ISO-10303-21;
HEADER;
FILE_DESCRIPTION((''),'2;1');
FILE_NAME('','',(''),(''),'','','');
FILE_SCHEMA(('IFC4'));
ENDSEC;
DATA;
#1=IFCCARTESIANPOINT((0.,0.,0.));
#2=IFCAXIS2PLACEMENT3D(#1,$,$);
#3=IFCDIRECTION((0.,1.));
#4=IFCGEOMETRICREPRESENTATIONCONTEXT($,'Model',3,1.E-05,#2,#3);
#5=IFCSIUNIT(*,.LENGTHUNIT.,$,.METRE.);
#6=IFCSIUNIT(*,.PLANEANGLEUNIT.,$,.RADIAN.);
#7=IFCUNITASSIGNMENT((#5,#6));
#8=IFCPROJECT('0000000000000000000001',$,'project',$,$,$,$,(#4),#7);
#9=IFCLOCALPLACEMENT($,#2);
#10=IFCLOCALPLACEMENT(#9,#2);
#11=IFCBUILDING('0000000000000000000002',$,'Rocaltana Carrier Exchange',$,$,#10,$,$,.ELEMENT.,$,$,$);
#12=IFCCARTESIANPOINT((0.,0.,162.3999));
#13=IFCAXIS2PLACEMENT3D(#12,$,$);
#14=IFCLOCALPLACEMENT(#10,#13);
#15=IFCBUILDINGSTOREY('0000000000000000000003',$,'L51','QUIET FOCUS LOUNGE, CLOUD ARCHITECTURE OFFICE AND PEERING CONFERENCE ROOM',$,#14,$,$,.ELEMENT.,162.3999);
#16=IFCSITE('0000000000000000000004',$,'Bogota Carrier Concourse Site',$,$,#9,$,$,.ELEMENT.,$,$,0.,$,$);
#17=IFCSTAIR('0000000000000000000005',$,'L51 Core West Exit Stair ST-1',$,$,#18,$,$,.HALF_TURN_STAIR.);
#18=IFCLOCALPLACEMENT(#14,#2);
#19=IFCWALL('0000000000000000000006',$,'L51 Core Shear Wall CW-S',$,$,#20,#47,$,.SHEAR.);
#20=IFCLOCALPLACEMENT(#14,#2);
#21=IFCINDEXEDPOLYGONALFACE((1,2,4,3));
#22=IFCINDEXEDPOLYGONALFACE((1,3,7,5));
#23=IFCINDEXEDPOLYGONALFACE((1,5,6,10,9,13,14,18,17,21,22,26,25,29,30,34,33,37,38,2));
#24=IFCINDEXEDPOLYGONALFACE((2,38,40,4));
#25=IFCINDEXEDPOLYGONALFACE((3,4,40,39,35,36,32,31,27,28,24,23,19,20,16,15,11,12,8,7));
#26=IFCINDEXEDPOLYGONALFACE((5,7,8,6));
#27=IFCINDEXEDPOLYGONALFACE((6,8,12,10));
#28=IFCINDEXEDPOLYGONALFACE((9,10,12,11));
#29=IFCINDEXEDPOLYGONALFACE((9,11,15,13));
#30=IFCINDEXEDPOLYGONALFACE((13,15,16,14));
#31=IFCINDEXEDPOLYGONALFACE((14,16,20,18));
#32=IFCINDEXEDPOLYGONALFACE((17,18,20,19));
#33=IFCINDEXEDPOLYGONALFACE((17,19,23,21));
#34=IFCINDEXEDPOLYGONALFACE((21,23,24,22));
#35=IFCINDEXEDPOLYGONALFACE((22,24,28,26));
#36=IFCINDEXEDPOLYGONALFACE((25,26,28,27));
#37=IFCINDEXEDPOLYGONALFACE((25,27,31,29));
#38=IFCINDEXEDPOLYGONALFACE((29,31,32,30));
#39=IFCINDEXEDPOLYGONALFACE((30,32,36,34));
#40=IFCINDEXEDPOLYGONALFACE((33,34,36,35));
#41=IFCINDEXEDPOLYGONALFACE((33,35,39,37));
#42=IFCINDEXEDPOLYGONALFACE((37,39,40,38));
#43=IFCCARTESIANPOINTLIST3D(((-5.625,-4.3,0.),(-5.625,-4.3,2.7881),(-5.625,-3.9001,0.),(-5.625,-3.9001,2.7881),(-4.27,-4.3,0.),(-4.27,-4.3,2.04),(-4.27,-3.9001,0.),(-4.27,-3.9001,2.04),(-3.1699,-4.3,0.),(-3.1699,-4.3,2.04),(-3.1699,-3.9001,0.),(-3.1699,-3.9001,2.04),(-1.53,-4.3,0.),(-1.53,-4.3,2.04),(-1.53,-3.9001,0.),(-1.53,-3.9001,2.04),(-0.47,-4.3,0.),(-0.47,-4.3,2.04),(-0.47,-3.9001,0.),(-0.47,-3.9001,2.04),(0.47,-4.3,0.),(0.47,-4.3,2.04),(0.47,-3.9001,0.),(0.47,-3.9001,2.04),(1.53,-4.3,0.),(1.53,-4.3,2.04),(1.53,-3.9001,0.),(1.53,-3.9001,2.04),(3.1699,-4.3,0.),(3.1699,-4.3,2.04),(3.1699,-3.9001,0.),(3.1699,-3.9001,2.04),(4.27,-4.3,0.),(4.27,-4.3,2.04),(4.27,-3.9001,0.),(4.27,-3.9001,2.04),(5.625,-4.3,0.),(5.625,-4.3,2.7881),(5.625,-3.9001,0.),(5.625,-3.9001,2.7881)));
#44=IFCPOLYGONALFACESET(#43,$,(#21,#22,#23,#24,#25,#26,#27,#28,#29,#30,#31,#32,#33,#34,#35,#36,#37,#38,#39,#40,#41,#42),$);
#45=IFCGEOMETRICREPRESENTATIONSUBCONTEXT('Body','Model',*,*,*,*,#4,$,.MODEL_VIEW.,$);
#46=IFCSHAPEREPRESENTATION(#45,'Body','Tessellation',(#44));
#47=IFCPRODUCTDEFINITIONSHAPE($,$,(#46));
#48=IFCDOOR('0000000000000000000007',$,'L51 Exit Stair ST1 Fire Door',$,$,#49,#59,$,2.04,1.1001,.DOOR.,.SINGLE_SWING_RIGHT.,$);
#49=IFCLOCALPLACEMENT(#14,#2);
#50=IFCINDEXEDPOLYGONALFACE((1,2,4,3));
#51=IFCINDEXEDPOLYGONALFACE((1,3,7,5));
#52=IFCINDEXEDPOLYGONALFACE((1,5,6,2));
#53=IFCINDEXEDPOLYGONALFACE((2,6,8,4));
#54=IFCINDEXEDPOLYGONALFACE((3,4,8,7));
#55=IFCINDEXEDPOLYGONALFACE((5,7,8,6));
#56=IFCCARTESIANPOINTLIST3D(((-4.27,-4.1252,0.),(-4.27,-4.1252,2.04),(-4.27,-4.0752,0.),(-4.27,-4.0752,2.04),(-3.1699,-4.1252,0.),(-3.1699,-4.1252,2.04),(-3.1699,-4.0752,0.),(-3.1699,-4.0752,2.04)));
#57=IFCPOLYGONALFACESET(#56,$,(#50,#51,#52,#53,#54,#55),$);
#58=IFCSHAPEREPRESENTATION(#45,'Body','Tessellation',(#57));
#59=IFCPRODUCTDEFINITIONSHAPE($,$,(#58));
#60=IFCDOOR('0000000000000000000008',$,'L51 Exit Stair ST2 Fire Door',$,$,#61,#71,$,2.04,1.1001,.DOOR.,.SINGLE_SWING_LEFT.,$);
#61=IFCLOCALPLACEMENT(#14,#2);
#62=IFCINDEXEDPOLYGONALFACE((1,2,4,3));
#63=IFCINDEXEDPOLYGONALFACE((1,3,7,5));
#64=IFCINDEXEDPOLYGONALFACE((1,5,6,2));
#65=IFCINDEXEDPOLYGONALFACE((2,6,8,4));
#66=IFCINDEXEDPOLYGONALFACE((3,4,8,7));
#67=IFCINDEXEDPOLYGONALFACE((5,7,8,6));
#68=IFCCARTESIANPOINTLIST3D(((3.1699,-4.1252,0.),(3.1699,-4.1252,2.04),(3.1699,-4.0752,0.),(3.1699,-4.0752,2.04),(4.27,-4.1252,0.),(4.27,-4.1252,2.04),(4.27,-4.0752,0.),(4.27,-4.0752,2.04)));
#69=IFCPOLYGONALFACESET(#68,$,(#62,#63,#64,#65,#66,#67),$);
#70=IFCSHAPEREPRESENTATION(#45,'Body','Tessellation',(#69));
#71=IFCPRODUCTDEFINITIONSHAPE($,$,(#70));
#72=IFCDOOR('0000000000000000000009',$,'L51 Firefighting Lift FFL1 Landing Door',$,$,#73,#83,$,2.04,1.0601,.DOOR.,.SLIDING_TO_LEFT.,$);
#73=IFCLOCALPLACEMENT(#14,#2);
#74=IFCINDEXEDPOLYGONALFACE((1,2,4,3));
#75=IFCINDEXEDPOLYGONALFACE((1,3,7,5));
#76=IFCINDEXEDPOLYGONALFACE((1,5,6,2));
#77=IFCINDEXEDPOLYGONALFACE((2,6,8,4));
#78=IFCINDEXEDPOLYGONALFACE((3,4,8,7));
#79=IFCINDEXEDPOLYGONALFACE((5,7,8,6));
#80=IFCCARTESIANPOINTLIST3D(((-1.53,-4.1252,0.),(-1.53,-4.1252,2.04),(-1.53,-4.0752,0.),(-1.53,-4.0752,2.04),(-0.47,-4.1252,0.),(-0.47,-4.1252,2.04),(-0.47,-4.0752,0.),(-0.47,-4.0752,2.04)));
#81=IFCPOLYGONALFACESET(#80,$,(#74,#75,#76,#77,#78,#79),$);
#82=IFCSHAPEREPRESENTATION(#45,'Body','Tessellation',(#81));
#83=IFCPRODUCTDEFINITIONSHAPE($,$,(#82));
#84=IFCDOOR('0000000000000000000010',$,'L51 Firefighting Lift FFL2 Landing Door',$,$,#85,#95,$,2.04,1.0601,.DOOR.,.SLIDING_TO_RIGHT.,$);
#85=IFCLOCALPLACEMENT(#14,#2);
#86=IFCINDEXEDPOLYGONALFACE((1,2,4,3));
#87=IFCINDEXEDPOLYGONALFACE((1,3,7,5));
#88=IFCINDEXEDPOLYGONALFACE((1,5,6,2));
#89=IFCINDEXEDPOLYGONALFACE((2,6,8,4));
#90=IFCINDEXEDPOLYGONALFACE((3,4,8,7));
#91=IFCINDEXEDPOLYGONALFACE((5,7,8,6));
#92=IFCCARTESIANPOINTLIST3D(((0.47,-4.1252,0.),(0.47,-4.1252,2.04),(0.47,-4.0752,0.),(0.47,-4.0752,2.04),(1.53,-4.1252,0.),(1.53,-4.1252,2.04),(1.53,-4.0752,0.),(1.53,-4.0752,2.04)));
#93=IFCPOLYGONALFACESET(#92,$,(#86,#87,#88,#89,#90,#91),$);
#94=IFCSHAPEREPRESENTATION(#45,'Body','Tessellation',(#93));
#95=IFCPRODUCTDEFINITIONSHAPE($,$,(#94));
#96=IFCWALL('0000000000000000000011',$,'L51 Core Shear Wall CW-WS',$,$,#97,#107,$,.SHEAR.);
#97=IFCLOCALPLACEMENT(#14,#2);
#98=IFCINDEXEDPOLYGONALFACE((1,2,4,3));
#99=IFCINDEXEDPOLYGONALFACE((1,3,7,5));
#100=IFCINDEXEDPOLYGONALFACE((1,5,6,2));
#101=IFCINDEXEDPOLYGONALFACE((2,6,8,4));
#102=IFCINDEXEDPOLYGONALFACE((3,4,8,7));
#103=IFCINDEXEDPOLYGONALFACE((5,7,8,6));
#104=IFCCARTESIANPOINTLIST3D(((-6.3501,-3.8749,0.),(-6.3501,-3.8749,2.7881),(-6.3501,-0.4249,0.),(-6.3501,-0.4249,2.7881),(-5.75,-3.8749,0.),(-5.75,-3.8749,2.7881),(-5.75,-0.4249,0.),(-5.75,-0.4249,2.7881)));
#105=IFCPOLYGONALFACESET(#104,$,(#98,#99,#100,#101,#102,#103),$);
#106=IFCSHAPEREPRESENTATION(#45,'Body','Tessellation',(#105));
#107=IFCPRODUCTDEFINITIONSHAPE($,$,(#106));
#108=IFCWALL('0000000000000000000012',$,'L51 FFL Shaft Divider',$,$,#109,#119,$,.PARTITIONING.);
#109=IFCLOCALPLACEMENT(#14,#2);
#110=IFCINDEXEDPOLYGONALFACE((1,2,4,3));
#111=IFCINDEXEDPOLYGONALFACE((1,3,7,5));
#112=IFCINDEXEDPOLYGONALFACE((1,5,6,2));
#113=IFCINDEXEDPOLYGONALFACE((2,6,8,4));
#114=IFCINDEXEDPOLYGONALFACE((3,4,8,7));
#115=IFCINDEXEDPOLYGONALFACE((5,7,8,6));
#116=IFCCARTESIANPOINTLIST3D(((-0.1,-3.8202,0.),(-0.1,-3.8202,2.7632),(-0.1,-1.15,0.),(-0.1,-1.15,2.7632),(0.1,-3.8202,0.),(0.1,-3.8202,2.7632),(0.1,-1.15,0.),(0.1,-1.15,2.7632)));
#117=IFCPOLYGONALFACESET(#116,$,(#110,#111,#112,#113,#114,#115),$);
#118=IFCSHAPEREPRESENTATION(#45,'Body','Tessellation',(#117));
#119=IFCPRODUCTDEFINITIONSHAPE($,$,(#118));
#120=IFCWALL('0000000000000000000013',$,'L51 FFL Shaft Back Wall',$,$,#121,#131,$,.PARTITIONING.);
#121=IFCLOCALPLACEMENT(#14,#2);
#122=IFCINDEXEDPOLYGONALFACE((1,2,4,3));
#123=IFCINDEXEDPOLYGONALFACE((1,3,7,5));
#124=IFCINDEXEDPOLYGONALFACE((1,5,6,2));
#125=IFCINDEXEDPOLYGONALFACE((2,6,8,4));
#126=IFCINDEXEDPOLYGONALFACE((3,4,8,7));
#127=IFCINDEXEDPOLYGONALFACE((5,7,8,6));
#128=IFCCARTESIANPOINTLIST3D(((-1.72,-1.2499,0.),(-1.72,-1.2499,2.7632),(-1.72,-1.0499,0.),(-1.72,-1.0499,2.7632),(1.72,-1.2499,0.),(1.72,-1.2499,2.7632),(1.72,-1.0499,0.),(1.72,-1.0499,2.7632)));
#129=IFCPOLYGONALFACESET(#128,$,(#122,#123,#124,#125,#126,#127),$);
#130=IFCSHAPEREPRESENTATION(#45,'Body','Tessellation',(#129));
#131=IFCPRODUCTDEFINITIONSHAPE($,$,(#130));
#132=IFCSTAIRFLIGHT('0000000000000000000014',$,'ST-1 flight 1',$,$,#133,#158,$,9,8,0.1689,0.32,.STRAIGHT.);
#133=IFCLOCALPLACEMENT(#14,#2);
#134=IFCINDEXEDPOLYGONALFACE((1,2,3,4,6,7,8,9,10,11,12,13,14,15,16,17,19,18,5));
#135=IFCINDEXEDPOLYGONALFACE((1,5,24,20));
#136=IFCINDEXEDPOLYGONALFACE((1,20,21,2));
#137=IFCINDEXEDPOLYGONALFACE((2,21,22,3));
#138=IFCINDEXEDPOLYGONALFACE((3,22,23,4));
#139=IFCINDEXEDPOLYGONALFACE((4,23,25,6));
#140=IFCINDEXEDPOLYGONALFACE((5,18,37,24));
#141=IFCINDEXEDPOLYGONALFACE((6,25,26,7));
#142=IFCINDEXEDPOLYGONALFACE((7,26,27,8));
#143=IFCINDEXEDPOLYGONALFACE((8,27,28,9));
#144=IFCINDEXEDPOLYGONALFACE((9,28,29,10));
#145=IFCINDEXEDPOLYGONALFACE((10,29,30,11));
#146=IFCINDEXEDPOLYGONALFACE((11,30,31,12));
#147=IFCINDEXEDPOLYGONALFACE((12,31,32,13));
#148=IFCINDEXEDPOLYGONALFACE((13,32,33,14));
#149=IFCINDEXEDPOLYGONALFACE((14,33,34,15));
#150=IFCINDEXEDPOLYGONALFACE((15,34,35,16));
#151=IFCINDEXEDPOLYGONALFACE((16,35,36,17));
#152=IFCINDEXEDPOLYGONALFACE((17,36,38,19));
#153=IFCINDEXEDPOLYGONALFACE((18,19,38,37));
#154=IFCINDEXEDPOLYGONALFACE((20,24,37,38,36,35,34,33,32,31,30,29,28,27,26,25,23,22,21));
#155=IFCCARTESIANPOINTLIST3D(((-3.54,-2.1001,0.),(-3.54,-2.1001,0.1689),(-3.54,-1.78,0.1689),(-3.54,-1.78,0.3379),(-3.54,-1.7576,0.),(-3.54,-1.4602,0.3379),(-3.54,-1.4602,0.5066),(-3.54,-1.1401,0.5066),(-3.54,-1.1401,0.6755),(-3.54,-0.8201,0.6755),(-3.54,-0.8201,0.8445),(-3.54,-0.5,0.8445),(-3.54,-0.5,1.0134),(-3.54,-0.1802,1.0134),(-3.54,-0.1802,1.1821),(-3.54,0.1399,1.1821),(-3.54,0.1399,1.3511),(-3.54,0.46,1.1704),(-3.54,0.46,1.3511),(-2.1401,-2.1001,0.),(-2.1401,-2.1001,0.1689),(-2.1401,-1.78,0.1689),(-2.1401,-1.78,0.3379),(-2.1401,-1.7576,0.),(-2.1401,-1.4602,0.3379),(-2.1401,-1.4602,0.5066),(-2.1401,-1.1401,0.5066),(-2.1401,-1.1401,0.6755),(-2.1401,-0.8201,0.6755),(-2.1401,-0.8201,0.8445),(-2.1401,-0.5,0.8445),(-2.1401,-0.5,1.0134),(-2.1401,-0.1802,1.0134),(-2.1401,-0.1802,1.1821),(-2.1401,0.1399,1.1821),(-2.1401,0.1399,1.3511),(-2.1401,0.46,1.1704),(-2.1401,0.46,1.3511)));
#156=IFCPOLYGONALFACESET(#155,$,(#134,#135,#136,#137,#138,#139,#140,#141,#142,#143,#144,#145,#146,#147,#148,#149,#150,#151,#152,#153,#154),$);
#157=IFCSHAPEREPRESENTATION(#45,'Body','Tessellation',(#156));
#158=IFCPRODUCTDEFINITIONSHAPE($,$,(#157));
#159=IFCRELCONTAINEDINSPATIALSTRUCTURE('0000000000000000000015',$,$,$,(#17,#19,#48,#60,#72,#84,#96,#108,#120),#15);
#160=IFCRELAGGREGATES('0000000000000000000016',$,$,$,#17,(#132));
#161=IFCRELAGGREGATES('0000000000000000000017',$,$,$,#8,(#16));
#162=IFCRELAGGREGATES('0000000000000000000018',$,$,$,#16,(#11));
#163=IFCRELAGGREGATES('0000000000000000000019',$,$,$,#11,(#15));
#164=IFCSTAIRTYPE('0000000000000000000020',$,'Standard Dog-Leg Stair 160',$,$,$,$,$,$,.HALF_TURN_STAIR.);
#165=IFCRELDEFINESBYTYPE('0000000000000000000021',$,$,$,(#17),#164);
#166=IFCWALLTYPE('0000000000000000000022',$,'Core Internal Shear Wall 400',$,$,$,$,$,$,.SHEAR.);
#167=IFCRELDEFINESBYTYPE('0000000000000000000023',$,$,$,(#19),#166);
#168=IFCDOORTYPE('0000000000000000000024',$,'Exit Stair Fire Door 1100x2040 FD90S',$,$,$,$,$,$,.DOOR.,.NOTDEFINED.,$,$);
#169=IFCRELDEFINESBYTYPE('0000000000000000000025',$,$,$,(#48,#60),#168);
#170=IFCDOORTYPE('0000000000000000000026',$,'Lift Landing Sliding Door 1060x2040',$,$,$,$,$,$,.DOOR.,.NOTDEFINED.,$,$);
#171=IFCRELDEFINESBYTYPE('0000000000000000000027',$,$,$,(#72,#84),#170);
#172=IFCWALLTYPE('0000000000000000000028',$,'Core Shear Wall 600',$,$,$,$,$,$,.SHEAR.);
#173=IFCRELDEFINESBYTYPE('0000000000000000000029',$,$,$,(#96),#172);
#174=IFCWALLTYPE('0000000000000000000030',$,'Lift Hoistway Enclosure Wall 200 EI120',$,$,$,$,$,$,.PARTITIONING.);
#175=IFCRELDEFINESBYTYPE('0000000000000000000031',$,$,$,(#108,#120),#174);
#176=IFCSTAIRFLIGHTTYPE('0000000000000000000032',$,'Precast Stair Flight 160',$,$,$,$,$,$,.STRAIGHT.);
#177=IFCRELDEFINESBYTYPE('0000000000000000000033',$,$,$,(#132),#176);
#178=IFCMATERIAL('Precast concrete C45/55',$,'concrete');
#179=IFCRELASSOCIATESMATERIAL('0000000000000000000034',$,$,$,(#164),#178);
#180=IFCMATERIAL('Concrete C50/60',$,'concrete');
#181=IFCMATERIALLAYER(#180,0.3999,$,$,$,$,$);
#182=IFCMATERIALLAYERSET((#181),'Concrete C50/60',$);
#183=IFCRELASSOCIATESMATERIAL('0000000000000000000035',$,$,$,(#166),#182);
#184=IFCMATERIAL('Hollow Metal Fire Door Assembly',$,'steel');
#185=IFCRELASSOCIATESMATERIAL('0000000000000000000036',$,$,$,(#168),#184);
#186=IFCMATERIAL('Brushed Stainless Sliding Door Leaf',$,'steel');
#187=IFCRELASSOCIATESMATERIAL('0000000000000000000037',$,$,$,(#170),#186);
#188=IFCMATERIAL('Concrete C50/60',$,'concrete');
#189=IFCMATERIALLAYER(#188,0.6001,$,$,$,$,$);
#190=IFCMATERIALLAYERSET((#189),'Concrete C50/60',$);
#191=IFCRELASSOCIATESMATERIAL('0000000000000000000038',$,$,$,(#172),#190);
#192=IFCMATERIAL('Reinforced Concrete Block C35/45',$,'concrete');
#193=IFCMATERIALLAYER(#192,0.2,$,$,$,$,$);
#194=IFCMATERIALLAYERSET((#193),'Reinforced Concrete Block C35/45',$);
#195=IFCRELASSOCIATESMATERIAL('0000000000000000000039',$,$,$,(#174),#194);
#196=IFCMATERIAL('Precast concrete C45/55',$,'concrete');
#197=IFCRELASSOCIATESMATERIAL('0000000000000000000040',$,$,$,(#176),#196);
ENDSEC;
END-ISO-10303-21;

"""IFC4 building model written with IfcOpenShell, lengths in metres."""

from ifc_helpers import new_model, si_unit, direction, frame, frame_2d, origin, place, context, subcontext, project, spatial, polyline, rectangle, outline, extrude, material, layer, layer_set, type_object, element, fill, aggregate, save


model = new_model("IFC4")

# Units and contexts
model_context = context("Model", 3, precision=1e-05, world=origin(), true_north=direction((0.0, 1.0)))
body_context = subcontext(model_context, "Body", "Model", "MODEL_VIEW")
ifc_project = project(units=[si_unit("LENGTHUNIT", "METRE"), si_unit("PLANEANGLEUNIT", "RADIAN")], contexts=[model_context])

# Site, building, storey
site_placement = place(None, origin())
site = spatial("IfcSite", under=ifc_project, at=site_placement, Name="Bogota Carrier Concourse Site", CompositionType="ELEMENT", RefElevation=0.0)
building_placement = place(site_placement, origin())
building = spatial("IfcBuilding", under=site, at=building_placement, Name="Rocaltana Carrier Exchange", CompositionType="ELEMENT")
storey_placement = place(building_placement, frame((0.0, 0.0, 162.3999)))
storey = spatial("IfcBuildingStorey", under=building, at=storey_placement, Name="L51", Description="QUIET FOCUS LOUNGE, CLOUD ARCHITECTURE OFFICE AND PEERING CONFERENCE ROOM", CompositionType="ELEMENT", Elevation=162.3999)

# Stair
ifc_material_1 = material(Name="Precast concrete C45/55", Category="concrete")
stair_type = type_object("IfcStairType", Name="Standard Dog-Leg Stair 160", PredefinedType="HALF_TURN_STAIR", material=ifc_material_1)
stair_1_placement = place(storey_placement, origin())
stair_1 = element("IfcStair", 1, at=stair_1_placement, inside=storey, type_object=stair_type, Name="L51 Core West Exit Stair ST-1", PredefinedType="HALF_TURN_STAIR")

# Wall, openings, doors
ifc_material_2 = material(Name="Concrete C50/60", Category="concrete")
ifc_layer_1 = layer(ifc_material_2, 0.3999)
ifc_layer_set_1 = layer_set([ifc_layer_1], Name="Concrete C50/60")
wall_type_1 = type_object("IfcWallType", Name="Core Internal Shear Wall 400", PredefinedType="SHEAR", material=ifc_layer_set_1)
wall_1_placement = place(storey_placement, frame((-5.625, -4.1001, 0.0), z_axis=(0.0, 0.0, 1.0), x_axis=(1.0, 0.0, 0.0)))
wall_1 = element("IfcWall", 2, at=wall_1_placement, inside=storey, type_object=wall_type_1, Name="L51 Core Shear Wall CW-S", PredefinedType="SHEAR", context=body_context, shape_type="SweptSolid", body=[
    extrude(rectangle(XDim=11.25, YDim=0.3999, at=frame_2d((5.625, 0.0))), origin(), (0.0, 0.0, 1.0), 2.7881),
])
opening_1_placement = place(wall_1_placement, frame((1.355, 0.0, 0.0)))
opening_1 = element("IfcOpeningElement", 3, at=opening_1_placement, cuts=wall_1, PredefinedType="OPENING", context=body_context, shape_type="SweptSolid", body=[
    extrude(rectangle(XDim=1.1001, YDim=2.04, at=frame_2d((0.55, 1.02))), frame((0.0, 0.21, 0.0), z_axis=(0.0, -1.0, 0.0), x_axis=(1.0, 0.0, 0.0)), (0.0, 0.0, 1.0), 0.4199),
])
opening_2_placement = place(wall_1_placement, frame((8.7949, 0.0, 0.0)))
opening_2 = element("IfcOpeningElement", 4, at=opening_2_placement, cuts=wall_1, PredefinedType="OPENING", context=body_context, shape_type="SweptSolid", body=[
    extrude(rectangle(XDim=1.1001, YDim=2.04, at=frame_2d((0.55, 1.02))), frame((0.0, 0.21, 0.0), z_axis=(0.0, -1.0, 0.0), x_axis=(1.0, 0.0, 0.0)), (0.0, 0.0, 1.0), 0.4199),
])
opening_3_placement = place(wall_1_placement, frame((4.095, 0.0, 0.0)))
opening_3 = element("IfcOpeningElement", 5, at=opening_3_placement, cuts=wall_1, PredefinedType="OPENING", context=body_context, shape_type="SweptSolid", body=[
    extrude(rectangle(XDim=1.0601, YDim=2.04, at=frame_2d((0.53, 1.02))), frame((0.0, 0.21, 0.0), z_axis=(0.0, -1.0, 0.0), x_axis=(1.0, 0.0, 0.0)), (0.0, 0.0, 1.0), 0.4199),
])
opening_4_placement = place(wall_1_placement, frame((6.095, 0.0, 0.0)))
opening_4 = element("IfcOpeningElement", 6, at=opening_4_placement, cuts=wall_1, PredefinedType="OPENING", context=body_context, shape_type="SweptSolid", body=[
    extrude(rectangle(XDim=1.0601, YDim=2.04, at=frame_2d((0.53, 1.02))), frame((0.0, 0.21, 0.0), z_axis=(0.0, -1.0, 0.0), x_axis=(1.0, 0.0, 0.0)), (0.0, 0.0, 1.0), 0.4199),
])
ifc_material_3 = material(Name="Hollow Metal Fire Door Assembly", Category="steel")
door_type_1 = type_object("IfcDoorType", Name="Exit Stair Fire Door 1100x2040 FD90S", OperationType="NOTDEFINED", PredefinedType="DOOR", material=ifc_material_3)
door_1_placement = place(opening_1_placement, origin())
door_1 = element("IfcDoor", 7, at=door_1_placement, inside=storey, type_object=door_type_1, Name="L51 Exit Stair ST1 Fire Door", OperationType="SINGLE_SWING_RIGHT", OverallHeight=2.04, OverallWidth=1.1001, PredefinedType="DOOR", context=body_context, shape_type="SweptSolid", body=[
    extrude(rectangle(XDim=1.1001, YDim=2.04, at=frame_2d((0.55, 1.02))), frame((0.0, 0.0249, 0.0), z_axis=(0.0, -1.0, 0.0), x_axis=(1.0, 0.0, 0.0)), (0.0, 0.0, 1.0), 0.05),
])
fill(opening_1, door_1)
door_2_placement = place(opening_2_placement, origin())
door_2 = element("IfcDoor", 8, at=door_2_placement, inside=storey, type_object=door_type_1, Name="L51 Exit Stair ST2 Fire Door", OperationType="SINGLE_SWING_LEFT", OverallHeight=2.04, OverallWidth=1.1001, PredefinedType="DOOR", context=body_context, shape_type="SweptSolid", body=[
    extrude(rectangle(XDim=1.1001, YDim=2.04, at=frame_2d((0.55, 1.02))), frame((0.0, 0.0249, 0.0), z_axis=(0.0, -1.0, 0.0), x_axis=(1.0, 0.0, 0.0)), (0.0, 0.0, 1.0), 0.05),
])
fill(opening_2, door_2)
ifc_material_4 = material(Name="Brushed Stainless Sliding Door Leaf", Category="steel")
door_type_2 = type_object("IfcDoorType", Name="Lift Landing Sliding Door 1060x2040", OperationType="NOTDEFINED", PredefinedType="DOOR", material=ifc_material_4)
door_3_placement = place(opening_3_placement, origin())
door_3 = element("IfcDoor", 9, at=door_3_placement, inside=storey, type_object=door_type_2, Name="L51 Firefighting Lift FFL1 Landing Door", OperationType="SLIDING_TO_LEFT", OverallHeight=2.04, OverallWidth=1.0601, PredefinedType="DOOR", context=body_context, shape_type="SweptSolid", body=[
    extrude(rectangle(XDim=1.0601, YDim=2.04, at=frame_2d((0.53, 1.02))), frame((0.0, 0.0249, 0.0), z_axis=(0.0, -1.0, 0.0), x_axis=(1.0, 0.0, 0.0)), (0.0, 0.0, 1.0), 0.05),
])
fill(opening_3, door_3)
door_4_placement = place(opening_4_placement, origin())
door_4 = element("IfcDoor", 10, at=door_4_placement, inside=storey, type_object=door_type_2, Name="L51 Firefighting Lift FFL2 Landing Door", OperationType="SLIDING_TO_RIGHT", OverallHeight=2.04, OverallWidth=1.0601, PredefinedType="DOOR", context=body_context, shape_type="SweptSolid", body=[
    extrude(rectangle(XDim=1.0601, YDim=2.04, at=frame_2d((0.53, 1.02))), frame((0.0, 0.0249, 0.0), z_axis=(0.0, -1.0, 0.0), x_axis=(1.0, 0.0, 0.0)), (0.0, 0.0, 1.0), 0.05),
])
fill(opening_4, door_4)

# Walls
ifc_material_5 = material(Name="Concrete C50/60", Category="concrete")
ifc_layer_2 = layer(ifc_material_5, 0.6001)
ifc_layer_set_2 = layer_set([ifc_layer_2], Name="Concrete C50/60")
wall_type_2 = type_object("IfcWallType", Name="Core Shear Wall 600", PredefinedType="SHEAR", material=ifc_layer_set_2)
wall_2_placement = place(storey_placement, frame((-6.05, -3.875, 0.0), z_axis=(0.0, 0.0, 1.0), x_axis=(0.0, 1.0, 0.0)))
element("IfcWall", 11, at=wall_2_placement, inside=storey, type_object=wall_type_2, Name="L51 Core Shear Wall CW-WS", PredefinedType="SHEAR", context=body_context, shape_type="SweptSolid", body=[
    extrude(rectangle(XDim=3.45, YDim=0.6001, at=frame_2d((1.7251, 0.0))), origin(), (0.0, 0.0, 1.0), 2.7881),
])
ifc_material_6 = material(Name="Reinforced Concrete Block C35/45", Category="concrete")
ifc_layer_3 = layer(ifc_material_6, 0.2)
ifc_layer_set_3 = layer_set([ifc_layer_3], Name="Reinforced Concrete Block C35/45")
wall_type_3 = type_object("IfcWallType", Name="Lift Hoistway Enclosure Wall 200 EI120", PredefinedType="PARTITIONING", material=ifc_layer_set_3)
wall_3_placement = place(storey_placement, frame((0.0, -3.8201, 0.0), z_axis=(0.0, 0.0, 1.0), x_axis=(0.0, 1.0, 0.0)))
element("IfcWall", 12, at=wall_3_placement, inside=storey, type_object=wall_type_3, Name="L51 FFL Shaft Divider", PredefinedType="PARTITIONING", context=body_context, shape_type="SweptSolid", body=[
    extrude(rectangle(XDim=2.6702, YDim=0.2, at=frame_2d((1.335, 0.0))), origin(), (0.0, 0.0, 1.0), 2.7632),
])
wall_4_placement = place(storey_placement, frame((-1.72, -1.1499, 0.0), z_axis=(0.0, 0.0, 1.0), x_axis=(1.0, 0.0, 0.0)))
element("IfcWall", 13, at=wall_4_placement, inside=storey, type_object=wall_type_3, Name="L51 FFL Shaft Back Wall", PredefinedType="PARTITIONING", context=body_context, shape_type="SweptSolid", body=[
    extrude(rectangle(XDim=3.4399, YDim=0.2, at=frame_2d((1.72, 0.0))), origin(), (0.0, 0.0, 1.0), 2.7632),
])

# Stair flight
ifc_material_7 = material(Name="Precast concrete C45/55", Category="concrete")
stair_flight_type = type_object("IfcStairFlightType", Name="Precast Stair Flight 160", PredefinedType="STRAIGHT", material=ifc_material_7)
stair_flight_placement = place(storey_placement, frame((-2.8401, -2.1001, 0.0), z_axis=(0.0, 0.0, 1.0), x_axis=(0.0, 1.0, 0.0)))
stair_flight = element("IfcStairFlight", 14, at=stair_flight_placement, type_object=stair_flight_type, Name="ST-1 flight 1", NumberOfRisers=9, NumberOfTreads=8, PredefinedType="STRAIGHT", RiserHeight=0.1689, TreadLength=0.32, context=body_context, shape_type="SweptSolid", body=[
    extrude(outline(polyline([(0.0, 0.0), (0.0, 0.1689), (0.3201, 0.1689), (0.3201, 0.3379), (0.6399, 0.3379), (0.6399, 0.5066), (0.96, 0.5066), (0.96, 0.6755), (1.28, 0.6755), (1.28, 0.8445), (1.6001, 0.8445), (1.6001, 1.0134), (1.9199, 1.0134), (1.9199, 1.1821), (2.24, 1.1821), (2.24, 1.3511), (2.5601, 1.3511), (2.5601, 1.52), (2.5601, 1.1704), (0.3425, 0.0), (0.0, 0.0)])), frame((0.0, 0.7, 0.0), z_axis=(0.0, -1.0, 0.0), x_axis=(1.0, 0.0, 0.0)), (0.0, 0.0, 1.0), 1.3999),
])
aggregate(stair_1, [stair_flight])

save(model, "model.ifc")
